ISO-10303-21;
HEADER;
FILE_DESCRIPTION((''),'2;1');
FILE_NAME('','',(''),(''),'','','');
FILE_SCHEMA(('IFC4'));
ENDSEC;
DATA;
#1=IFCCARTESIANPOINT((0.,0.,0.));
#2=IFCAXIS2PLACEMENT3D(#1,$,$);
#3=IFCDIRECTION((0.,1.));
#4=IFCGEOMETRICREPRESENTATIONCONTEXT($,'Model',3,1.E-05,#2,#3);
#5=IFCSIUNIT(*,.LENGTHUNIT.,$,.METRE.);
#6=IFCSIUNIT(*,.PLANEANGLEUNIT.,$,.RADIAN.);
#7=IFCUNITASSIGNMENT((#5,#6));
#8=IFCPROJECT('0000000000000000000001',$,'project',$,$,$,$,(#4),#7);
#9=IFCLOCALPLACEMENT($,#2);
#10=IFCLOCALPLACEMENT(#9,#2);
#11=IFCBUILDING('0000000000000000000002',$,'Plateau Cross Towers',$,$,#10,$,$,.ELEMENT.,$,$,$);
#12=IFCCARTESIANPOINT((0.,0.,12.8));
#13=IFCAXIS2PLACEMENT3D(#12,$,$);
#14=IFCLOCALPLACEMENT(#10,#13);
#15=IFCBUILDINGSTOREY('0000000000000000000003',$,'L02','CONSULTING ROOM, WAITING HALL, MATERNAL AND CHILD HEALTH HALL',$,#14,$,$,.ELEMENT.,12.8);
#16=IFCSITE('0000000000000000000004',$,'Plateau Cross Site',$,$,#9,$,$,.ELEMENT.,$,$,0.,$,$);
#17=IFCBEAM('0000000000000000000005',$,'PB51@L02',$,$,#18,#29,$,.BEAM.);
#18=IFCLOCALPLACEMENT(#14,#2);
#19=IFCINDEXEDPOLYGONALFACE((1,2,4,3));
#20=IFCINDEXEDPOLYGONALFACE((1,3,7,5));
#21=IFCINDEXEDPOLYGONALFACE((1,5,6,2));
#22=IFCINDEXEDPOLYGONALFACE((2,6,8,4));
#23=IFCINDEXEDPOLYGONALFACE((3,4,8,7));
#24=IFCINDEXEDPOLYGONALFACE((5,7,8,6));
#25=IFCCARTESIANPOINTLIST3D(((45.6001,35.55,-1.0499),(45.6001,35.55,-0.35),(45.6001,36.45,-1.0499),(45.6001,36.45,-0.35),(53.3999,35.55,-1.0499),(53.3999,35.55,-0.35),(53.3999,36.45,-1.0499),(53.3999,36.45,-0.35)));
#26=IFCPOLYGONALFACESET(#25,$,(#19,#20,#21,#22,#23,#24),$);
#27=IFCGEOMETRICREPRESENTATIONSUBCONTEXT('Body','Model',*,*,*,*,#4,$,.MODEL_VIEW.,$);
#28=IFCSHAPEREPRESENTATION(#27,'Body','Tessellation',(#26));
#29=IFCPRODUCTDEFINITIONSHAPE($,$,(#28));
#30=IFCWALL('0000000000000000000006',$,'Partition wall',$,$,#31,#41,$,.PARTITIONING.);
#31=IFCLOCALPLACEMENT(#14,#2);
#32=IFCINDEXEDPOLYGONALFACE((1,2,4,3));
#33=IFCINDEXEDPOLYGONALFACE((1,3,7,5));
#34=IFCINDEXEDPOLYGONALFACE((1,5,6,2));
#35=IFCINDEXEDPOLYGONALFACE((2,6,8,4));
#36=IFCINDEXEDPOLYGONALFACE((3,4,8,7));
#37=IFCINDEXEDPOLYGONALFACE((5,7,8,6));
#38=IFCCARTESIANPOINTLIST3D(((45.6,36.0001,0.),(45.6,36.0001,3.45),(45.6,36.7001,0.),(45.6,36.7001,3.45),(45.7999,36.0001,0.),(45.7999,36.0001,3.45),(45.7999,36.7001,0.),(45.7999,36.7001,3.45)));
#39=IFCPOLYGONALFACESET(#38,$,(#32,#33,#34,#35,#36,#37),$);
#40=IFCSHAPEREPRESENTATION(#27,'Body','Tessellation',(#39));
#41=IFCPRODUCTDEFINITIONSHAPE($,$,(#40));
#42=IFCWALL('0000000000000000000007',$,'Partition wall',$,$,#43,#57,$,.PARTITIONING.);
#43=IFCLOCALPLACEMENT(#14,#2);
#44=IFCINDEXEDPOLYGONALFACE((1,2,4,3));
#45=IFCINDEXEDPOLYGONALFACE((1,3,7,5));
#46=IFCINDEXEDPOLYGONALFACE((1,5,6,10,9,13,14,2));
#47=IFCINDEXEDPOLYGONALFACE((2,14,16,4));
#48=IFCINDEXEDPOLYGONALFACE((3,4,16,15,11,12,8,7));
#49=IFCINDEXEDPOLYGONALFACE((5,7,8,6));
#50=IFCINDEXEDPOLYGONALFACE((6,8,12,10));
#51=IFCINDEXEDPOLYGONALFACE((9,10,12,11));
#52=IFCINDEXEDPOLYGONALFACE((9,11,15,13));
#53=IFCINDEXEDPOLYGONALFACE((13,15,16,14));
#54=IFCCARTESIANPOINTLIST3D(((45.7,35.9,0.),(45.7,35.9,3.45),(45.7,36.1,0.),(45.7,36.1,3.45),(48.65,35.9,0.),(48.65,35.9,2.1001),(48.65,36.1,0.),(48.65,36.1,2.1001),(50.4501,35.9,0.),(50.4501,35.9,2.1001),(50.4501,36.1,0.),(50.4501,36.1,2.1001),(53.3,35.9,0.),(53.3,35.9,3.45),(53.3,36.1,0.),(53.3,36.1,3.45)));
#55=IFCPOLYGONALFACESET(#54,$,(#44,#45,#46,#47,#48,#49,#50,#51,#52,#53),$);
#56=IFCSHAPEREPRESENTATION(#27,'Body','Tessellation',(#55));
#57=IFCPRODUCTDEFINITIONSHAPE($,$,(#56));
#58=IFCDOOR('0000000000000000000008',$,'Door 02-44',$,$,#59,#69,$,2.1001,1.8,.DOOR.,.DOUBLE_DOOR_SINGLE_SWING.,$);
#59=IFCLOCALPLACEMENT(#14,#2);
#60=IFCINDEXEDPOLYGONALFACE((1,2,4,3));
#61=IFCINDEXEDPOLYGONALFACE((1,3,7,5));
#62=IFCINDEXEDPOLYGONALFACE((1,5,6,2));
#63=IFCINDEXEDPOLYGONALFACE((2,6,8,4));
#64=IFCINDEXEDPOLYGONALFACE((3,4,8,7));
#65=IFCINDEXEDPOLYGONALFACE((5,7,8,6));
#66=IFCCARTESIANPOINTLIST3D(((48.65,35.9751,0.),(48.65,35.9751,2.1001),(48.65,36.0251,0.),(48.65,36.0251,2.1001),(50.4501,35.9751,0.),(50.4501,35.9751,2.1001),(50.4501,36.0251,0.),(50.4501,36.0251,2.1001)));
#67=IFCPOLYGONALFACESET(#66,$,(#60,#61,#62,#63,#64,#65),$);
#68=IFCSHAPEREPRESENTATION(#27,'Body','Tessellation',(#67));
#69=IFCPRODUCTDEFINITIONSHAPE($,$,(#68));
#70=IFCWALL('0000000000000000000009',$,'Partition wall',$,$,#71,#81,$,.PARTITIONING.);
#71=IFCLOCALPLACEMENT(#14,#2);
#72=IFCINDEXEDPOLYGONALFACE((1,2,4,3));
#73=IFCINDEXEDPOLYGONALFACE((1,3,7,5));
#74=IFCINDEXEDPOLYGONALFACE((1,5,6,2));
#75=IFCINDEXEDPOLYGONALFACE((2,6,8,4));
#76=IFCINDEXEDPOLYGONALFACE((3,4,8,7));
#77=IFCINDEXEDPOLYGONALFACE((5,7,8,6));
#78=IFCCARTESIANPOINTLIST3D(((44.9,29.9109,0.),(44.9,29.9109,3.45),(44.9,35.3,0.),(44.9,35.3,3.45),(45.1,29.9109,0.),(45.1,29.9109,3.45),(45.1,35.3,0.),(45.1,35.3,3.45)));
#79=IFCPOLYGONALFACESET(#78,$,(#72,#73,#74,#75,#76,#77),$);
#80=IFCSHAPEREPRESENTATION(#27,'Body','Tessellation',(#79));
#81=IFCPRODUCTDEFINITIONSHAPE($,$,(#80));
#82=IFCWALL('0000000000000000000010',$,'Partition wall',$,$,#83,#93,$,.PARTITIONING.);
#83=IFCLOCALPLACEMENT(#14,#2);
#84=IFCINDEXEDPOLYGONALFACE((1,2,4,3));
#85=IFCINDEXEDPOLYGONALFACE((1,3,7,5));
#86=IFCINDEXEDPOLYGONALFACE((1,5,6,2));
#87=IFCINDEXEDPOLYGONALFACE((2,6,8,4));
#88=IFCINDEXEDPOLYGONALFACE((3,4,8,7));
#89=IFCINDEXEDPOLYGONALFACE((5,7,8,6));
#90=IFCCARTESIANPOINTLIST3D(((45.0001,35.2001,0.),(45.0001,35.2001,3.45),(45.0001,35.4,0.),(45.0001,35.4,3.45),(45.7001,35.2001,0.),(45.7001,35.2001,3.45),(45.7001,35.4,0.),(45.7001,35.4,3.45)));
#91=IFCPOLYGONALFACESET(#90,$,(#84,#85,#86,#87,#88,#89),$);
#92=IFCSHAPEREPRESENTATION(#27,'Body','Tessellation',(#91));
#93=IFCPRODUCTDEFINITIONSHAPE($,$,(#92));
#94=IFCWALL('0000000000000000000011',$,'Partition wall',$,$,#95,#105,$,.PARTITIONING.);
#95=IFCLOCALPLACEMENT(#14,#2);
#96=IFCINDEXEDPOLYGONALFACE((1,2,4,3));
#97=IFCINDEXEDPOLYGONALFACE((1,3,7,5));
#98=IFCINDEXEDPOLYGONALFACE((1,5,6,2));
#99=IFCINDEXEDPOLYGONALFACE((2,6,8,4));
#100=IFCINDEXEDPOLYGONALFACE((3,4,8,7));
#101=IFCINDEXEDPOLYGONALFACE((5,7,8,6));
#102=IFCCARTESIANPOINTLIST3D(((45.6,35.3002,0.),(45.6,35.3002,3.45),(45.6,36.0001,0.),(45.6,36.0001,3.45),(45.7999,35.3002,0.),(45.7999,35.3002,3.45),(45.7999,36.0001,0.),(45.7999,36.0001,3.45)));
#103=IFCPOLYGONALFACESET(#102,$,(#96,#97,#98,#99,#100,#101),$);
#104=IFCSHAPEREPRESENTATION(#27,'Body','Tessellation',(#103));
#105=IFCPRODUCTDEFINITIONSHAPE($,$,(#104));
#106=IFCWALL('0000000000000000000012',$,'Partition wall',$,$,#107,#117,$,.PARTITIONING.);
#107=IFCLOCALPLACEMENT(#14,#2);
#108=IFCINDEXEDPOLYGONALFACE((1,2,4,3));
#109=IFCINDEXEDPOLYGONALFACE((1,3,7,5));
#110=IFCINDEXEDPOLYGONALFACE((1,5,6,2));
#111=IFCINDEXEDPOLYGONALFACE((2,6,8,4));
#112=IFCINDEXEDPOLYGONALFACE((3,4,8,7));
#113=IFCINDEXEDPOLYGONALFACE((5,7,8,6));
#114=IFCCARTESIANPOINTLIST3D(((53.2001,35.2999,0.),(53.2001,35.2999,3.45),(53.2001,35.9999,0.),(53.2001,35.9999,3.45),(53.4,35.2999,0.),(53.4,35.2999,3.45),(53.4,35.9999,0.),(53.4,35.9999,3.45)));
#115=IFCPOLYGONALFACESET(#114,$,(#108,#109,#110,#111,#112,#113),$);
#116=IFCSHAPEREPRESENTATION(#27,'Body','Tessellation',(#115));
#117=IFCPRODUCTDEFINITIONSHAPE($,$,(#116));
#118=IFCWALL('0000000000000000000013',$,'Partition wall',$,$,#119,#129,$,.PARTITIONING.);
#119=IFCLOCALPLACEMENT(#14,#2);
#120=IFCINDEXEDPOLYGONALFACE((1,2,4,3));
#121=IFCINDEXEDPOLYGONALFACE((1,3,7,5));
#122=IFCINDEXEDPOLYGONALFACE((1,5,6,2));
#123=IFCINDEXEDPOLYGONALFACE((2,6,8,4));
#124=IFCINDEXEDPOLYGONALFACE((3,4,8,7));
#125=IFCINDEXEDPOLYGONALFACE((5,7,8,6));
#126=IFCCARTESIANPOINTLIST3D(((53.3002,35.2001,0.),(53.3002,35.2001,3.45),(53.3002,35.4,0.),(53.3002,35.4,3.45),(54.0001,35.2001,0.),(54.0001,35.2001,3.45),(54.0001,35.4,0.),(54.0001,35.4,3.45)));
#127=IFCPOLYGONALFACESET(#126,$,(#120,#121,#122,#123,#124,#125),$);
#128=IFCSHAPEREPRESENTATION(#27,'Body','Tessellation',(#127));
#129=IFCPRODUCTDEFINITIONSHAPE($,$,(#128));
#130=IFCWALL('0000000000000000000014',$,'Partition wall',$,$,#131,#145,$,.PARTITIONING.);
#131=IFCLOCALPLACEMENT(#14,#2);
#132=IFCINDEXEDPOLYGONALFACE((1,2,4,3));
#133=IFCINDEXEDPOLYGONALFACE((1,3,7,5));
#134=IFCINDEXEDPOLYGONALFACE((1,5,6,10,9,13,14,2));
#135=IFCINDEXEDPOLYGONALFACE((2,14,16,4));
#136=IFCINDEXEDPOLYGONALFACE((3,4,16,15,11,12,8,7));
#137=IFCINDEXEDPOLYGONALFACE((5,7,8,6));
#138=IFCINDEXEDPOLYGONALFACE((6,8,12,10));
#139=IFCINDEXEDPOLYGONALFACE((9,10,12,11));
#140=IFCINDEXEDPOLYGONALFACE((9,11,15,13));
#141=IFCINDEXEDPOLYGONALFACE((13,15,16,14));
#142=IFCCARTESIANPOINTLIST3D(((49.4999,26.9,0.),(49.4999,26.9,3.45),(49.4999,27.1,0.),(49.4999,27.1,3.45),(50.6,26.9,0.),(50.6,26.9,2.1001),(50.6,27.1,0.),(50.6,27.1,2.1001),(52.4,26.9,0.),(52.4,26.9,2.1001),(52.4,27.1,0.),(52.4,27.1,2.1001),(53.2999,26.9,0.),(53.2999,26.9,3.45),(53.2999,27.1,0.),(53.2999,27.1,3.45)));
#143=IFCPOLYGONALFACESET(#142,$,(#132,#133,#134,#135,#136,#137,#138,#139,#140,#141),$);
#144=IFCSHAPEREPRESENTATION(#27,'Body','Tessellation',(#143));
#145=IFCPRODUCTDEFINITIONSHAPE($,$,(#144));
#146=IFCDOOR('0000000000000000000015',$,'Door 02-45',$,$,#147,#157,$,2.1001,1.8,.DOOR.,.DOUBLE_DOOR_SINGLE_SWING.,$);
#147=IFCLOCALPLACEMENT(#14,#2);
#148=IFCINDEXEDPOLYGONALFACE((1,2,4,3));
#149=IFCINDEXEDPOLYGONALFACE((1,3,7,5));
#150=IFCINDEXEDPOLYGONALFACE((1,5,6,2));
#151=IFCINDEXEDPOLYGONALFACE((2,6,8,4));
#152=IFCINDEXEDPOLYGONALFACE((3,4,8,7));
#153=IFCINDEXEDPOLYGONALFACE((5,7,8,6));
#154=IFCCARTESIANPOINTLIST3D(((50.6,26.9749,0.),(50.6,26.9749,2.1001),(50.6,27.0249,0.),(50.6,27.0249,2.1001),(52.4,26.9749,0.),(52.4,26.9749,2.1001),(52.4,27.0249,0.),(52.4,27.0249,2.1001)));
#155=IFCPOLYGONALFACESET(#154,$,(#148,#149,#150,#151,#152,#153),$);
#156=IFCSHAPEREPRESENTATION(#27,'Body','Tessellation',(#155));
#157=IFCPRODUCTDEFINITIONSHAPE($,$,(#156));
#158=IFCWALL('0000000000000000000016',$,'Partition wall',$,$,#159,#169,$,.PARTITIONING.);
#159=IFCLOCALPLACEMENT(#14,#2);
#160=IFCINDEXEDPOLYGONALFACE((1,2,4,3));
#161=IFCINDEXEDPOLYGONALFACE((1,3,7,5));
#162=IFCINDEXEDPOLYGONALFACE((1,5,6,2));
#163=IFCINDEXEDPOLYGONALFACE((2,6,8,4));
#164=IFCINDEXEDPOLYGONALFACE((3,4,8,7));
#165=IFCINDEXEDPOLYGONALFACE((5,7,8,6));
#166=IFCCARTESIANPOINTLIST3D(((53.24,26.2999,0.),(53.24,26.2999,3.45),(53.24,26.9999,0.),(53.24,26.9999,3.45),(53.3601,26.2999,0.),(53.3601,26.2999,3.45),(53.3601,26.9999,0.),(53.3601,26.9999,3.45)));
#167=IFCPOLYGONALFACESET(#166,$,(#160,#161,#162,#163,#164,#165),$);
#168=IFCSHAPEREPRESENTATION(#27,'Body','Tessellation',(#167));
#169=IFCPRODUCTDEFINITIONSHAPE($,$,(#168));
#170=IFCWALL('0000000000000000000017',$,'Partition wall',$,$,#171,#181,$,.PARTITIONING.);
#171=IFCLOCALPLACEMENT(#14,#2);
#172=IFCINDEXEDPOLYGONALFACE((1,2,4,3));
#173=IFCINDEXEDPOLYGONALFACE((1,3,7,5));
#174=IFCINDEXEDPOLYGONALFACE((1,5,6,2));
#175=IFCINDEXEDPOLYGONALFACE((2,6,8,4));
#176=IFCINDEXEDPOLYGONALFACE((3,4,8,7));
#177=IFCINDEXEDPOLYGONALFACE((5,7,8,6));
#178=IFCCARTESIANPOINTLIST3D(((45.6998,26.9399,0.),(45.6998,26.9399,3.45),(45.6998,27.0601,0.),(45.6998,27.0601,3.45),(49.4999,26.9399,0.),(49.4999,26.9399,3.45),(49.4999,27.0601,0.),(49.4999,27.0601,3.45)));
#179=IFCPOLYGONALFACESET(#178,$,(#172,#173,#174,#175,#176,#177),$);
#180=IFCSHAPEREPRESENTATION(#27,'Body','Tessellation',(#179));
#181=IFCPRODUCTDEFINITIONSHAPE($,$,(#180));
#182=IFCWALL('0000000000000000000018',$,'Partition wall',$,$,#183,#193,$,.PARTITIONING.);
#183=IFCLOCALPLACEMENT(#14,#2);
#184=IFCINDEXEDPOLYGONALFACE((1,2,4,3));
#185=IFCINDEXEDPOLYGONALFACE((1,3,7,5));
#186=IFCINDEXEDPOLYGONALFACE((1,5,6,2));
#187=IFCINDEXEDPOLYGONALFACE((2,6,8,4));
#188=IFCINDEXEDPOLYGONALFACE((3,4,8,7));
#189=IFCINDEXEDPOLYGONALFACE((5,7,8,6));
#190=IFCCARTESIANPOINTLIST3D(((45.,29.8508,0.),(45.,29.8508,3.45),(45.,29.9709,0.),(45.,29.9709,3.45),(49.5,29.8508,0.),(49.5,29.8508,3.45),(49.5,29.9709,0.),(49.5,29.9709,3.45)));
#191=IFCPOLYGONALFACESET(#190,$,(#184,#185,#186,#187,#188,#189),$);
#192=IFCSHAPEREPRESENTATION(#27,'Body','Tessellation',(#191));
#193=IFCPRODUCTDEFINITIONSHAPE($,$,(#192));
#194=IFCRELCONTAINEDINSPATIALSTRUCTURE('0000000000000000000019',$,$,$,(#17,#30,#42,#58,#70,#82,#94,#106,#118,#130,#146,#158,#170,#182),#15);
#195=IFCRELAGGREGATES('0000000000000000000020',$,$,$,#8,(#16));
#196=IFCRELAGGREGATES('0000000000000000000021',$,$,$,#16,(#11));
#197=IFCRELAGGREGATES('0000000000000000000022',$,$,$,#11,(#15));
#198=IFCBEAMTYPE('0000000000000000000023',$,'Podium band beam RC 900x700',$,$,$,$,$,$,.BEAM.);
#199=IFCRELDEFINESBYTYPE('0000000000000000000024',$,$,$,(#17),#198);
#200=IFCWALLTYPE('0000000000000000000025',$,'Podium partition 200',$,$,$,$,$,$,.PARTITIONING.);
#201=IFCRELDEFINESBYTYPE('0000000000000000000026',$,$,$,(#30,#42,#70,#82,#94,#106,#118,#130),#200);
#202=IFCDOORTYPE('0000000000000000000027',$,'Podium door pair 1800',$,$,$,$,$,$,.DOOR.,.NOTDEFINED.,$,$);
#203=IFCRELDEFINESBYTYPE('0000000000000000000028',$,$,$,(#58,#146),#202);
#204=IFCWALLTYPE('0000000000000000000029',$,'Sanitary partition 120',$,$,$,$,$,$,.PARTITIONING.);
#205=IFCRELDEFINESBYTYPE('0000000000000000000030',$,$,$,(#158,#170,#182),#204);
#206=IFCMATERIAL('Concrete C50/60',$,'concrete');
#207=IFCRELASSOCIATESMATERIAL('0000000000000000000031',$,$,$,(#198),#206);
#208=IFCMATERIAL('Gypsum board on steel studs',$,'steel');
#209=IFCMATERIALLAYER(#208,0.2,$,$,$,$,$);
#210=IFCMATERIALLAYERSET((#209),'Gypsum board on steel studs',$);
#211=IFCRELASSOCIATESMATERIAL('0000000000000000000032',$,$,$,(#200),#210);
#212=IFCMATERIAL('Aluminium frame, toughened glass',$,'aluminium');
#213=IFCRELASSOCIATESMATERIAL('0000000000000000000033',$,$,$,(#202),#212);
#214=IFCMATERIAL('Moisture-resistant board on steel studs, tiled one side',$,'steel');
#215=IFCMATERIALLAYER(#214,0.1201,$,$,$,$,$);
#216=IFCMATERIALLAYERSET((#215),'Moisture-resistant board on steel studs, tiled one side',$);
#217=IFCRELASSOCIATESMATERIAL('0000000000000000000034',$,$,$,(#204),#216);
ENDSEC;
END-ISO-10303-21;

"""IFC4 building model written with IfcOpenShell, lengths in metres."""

from ifc_helpers import new_model, si_unit, direction, frame, frame_2d, origin, origin_2d, place, context, subcontext, project, spatial, rectangle, extrude, material, layer, layer_set, material_profile, profile_set, type_object, element, fill, save


model = new_model("IFC4")

# Units and contexts
model_context = context("Model", 3, precision=1e-05, world=origin(), true_north=direction((0.0, 1.0)))
body_context = subcontext(model_context, "Body", "Model", "MODEL_VIEW")
ifc_project = project(units=[si_unit("LENGTHUNIT", "METRE"), si_unit("PLANEANGLEUNIT", "RADIAN")], contexts=[model_context])

# Site, building, storey
site_placement = place(None, origin())
site = spatial("IfcSite", under=ifc_project, at=site_placement, Name="Plateau Cross Site", CompositionType="ELEMENT", RefElevation=0.0)
building_placement = place(site_placement, origin())
building = spatial("IfcBuilding", under=site, at=building_placement, Name="Plateau Cross Towers", CompositionType="ELEMENT")
storey_placement = place(building_placement, frame((0.0, 0.0, 12.8)))
storey = spatial("IfcBuildingStorey", under=building, at=storey_placement, Name="L02", Description="CONSULTING ROOM, WAITING HALL, MATERNAL AND CHILD HEALTH HALL", CompositionType="ELEMENT", Elevation=12.8)

# Beam
ifc_material_1 = material(Name="Concrete C50/60", Category="concrete")
ifc_material_profile = material_profile(ifc_material_1, rectangle(XDim=0.8999, YDim=0.7, at=origin_2d()), Name="RC 900x700")
ifc_profile_set = profile_set([ifc_material_profile], Name="Concrete C50/60")
beam_type = type_object("IfcBeamType", Name="Podium band beam RC 900x700", PredefinedType="BEAM", material=ifc_profile_set)
beam_placement = place(storey_placement, frame((45.6001, 36.0, -0.7), z_axis=(1.0, 0.0, 0.0), x_axis=(0.0, 1.0, 0.0)))
element("IfcBeam", 1, at=beam_placement, inside=storey, type_object=beam_type, Name="PB51@L02", PredefinedType="BEAM", context=body_context, shape_type="SweptSolid", body=[
    extrude(rectangle(XDim=0.8999, YDim=0.7, at=origin_2d()), origin(), (0.0, 0.0, 1.0), 7.7998),
])

# Wall
ifc_material_2 = material(Name="Gypsum board on steel studs", Category="steel")
ifc_layer_1 = layer(ifc_material_2, 0.2)
ifc_layer_set_1 = layer_set([ifc_layer_1], Name="Gypsum board on steel studs")
wall_type_1 = type_object("IfcWallType", Name="Podium partition 200", PredefinedType="PARTITIONING", material=ifc_layer_set_1)
wall_1_placement = place(storey_placement, frame((45.7, 36.0, 0.0), z_axis=(0.0, 0.0, 1.0), x_axis=(0.0, 1.0, 0.0)))
element("IfcWall", 2, at=wall_1_placement, inside=storey, type_object=wall_type_1, Name="Partition wall", PredefinedType="PARTITIONING", context=body_context, shape_type="SweptSolid", body=[
    extrude(rectangle(XDim=0.7, YDim=0.2, at=frame_2d((0.3501, 0.0))), origin(), (0.0, 0.0, 1.0), 3.45),
])

# Wall, opening, door
wall_2_placement = place(storey_placement, frame((53.3, 36.0, 0.0), z_axis=(0.0, 0.0, 1.0), x_axis=(-1.0, 0.0, 0.0)))
wall_2 = element("IfcWall", 3, at=wall_2_placement, inside=storey, type_object=wall_type_1, Name="Partition wall", PredefinedType="PARTITIONING", context=body_context, shape_type="SweptSolid", body=[
    extrude(rectangle(XDim=7.6001, YDim=0.2, at=frame_2d((3.8, 0.0))), origin(), (0.0, 0.0, 1.0), 3.45),
])
opening_1_placement = place(wall_2_placement, frame((2.8501, 0.0, 0.0)))
opening_1 = element("IfcOpeningElement", 4, at=opening_1_placement, cuts=wall_2, PredefinedType="OPENING", context=body_context, shape_type="SweptSolid", body=[
    extrude(rectangle(XDim=1.8, YDim=2.1001, at=frame_2d((0.8999, 1.05))), frame((0.0, 0.1099, 0.0), z_axis=(0.0, -1.0, 0.0), x_axis=(1.0, 0.0, 0.0)), (0.0, 0.0, 1.0), 0.22),
])
ifc_material_3 = material(Name="Aluminium frame, toughened glass", Category="aluminium")
door_type_1 = type_object("IfcDoorType", Name="Podium door pair 1800", OperationType="NOTDEFINED", PredefinedType="DOOR", material=ifc_material_3)
door_1_placement = place(opening_1_placement, origin())
door_1 = element("IfcDoor", 5, at=door_1_placement, inside=storey, type_object=door_type_1, Name="Door 02-44", OperationType="DOUBLE_DOOR_SINGLE_SWING", OverallHeight=2.1001, OverallWidth=1.8, PredefinedType="DOOR", context=body_context, shape_type="SweptSolid", body=[
    extrude(rectangle(XDim=1.8, YDim=2.1001, at=frame_2d((0.8999, 1.05))), frame((0.0, 0.0249, 0.0), z_axis=(0.0, -1.0, 0.0), x_axis=(1.0, 0.0, 0.0)), (0.0, 0.0, 1.0), 0.05),
])
fill(opening_1, door_1)

# Walls
wall_3_placement = place(storey_placement, frame((45.0, 29.9109, 0.0), z_axis=(0.0, 0.0, 1.0), x_axis=(0.0, 1.0, 0.0)))
element("IfcWall", 6, at=wall_3_placement, inside=storey, type_object=wall_type_1, Name="Partition wall", PredefinedType="PARTITIONING", context=body_context, shape_type="SweptSolid", body=[
    extrude(rectangle(XDim=5.3892, YDim=0.2, at=frame_2d((2.6946, 0.0))), origin(), (0.0, 0.0, 1.0), 3.45),
])
for number, where, z_axis, x_axis, name in (
    (7, (45.0, 35.3, 0.0), (0.0, 0.0, 1.0), (1.0, 0.0, 0.0), "Partition wall"),
    (8, (45.7, 35.3, 0.0), (0.0, 0.0, 1.0), (0.0, 1.0, 0.0), "Partition wall"),
    (9, (53.3, 36.0, 0.0), (0.0, 0.0, 1.0), (0.0, -1.0, 0.0), "Partition wall"),
    (10, (53.3, 35.3, 0.0), (0.0, 0.0, 1.0), (1.0, 0.0, 0.0), "Partition wall"),
):
    element("IfcWall", number, at=place(storey_placement, frame(where, z_axis=z_axis, x_axis=x_axis)), inside=storey, type_object=wall_type_1, Name=name, PredefinedType="PARTITIONING", context=body_context, shape_type="SweptSolid", body=[
        extrude(rectangle(XDim=0.7, YDim=0.2, at=frame_2d((0.3501, 0.0))), origin(), (0.0, 0.0, 1.0), 3.45),
    ])

# Wall, opening, door
wall_4_placement = place(storey_placement, frame((49.5, 27.0, 0.0), z_axis=(0.0, 0.0, 1.0), x_axis=(1.0, 0.0, 0.0)))
wall_4 = element("IfcWall", 11, at=wall_4_placement, inside=storey, type_object=wall_type_1, Name="Partition wall", PredefinedType="PARTITIONING", context=body_context, shape_type="SweptSolid", body=[
    extrude(rectangle(XDim=3.8, YDim=0.2, at=frame_2d((1.8999, 0.0))), origin(), (0.0, 0.0, 1.0), 3.45),
])
opening_2_placement = place(wall_4_placement, frame((1.1001, 0.0, 0.0)))
opening_2 = element("IfcOpeningElement", 12, at=opening_2_placement, cuts=wall_4, PredefinedType="OPENING", context=body_context, shape_type="SweptSolid", body=[
    extrude(rectangle(XDim=1.8, YDim=2.1001, at=frame_2d((0.8999, 1.05))), frame((0.0, 0.1099, 0.0), z_axis=(0.0, -1.0, 0.0), x_axis=(1.0, 0.0, 0.0)), (0.0, 0.0, 1.0), 0.22),
])
door_2_placement = place(opening_2_placement, origin())
door_2 = element("IfcDoor", 13, at=door_2_placement, inside=storey, type_object=door_type_1, Name="Door 02-45", OperationType="DOUBLE_DOOR_SINGLE_SWING", OverallHeight=2.1001, OverallWidth=1.8, PredefinedType="DOOR", context=body_context, shape_type="SweptSolid", body=[
    extrude(rectangle(XDim=1.8, YDim=2.1001, at=frame_2d((0.8999, 1.05))), frame((0.0, 0.0249, 0.0), z_axis=(0.0, -1.0, 0.0), x_axis=(1.0, 0.0, 0.0)), (0.0, 0.0, 1.0), 0.05),
])
fill(opening_2, door_2)

# Walls
ifc_material_4 = material(Name="Moisture-resistant board on steel studs, tiled one side", Category="steel")
ifc_layer_2 = layer(ifc_material_4, 0.1201)
ifc_layer_set_2 = layer_set([ifc_layer_2], Name="Moisture-resistant board on steel studs, tiled one side")
wall_type_2 = type_object("IfcWallType", Name="Sanitary partition 120", PredefinedType="PARTITIONING", material=ifc_layer_set_2)
wall_5_placement = place(storey_placement, frame((53.3, 27.0, 0.0), z_axis=(0.0, 0.0, 1.0), x_axis=(0.0, -1.0, 0.0)))
element("IfcWall", 14, at=wall_5_placement, inside=storey, type_object=wall_type_2, Name="Partition wall", PredefinedType="PARTITIONING", context=body_context, shape_type="SweptSolid", body=[
    extrude(rectangle(XDim=0.7, YDim=0.1201, at=frame_2d((0.3501, 0.0))), origin(), (0.0, 0.0, 1.0), 3.45),
])
wall_6_placement = place(storey_placement, frame((45.7, 27.0, 0.0), z_axis=(0.0, 0.0, 1.0), x_axis=(1.0, 0.0, 0.0)))
element("IfcWall", 15, at=wall_6_placement, inside=storey, type_object=wall_type_2, Name="Partition wall", PredefinedType="PARTITIONING", context=body_context, shape_type="SweptSolid", body=[
    extrude(rectangle(XDim=3.8, YDim=0.1201, at=frame_2d((1.8999, 0.0))), origin(), (0.0, 0.0, 1.0), 3.45),
])
wall_7_placement = place(storey_placement, frame((49.5, 29.9109, 0.0), z_axis=(0.0, 0.0, 1.0), x_axis=(-1.0, 0.0, 0.0)))
element("IfcWall", 16, at=wall_7_placement, inside=storey, type_object=wall_type_2, Name="Partition wall", PredefinedType="PARTITIONING", context=body_context, shape_type="SweptSolid", body=[
    extrude(rectangle(XDim=4.5, YDim=0.1201, at=frame_2d((2.25, 0.0))), origin(), (0.0, 0.0, 1.0), 3.45),
])

save(model, "model.ifc")
